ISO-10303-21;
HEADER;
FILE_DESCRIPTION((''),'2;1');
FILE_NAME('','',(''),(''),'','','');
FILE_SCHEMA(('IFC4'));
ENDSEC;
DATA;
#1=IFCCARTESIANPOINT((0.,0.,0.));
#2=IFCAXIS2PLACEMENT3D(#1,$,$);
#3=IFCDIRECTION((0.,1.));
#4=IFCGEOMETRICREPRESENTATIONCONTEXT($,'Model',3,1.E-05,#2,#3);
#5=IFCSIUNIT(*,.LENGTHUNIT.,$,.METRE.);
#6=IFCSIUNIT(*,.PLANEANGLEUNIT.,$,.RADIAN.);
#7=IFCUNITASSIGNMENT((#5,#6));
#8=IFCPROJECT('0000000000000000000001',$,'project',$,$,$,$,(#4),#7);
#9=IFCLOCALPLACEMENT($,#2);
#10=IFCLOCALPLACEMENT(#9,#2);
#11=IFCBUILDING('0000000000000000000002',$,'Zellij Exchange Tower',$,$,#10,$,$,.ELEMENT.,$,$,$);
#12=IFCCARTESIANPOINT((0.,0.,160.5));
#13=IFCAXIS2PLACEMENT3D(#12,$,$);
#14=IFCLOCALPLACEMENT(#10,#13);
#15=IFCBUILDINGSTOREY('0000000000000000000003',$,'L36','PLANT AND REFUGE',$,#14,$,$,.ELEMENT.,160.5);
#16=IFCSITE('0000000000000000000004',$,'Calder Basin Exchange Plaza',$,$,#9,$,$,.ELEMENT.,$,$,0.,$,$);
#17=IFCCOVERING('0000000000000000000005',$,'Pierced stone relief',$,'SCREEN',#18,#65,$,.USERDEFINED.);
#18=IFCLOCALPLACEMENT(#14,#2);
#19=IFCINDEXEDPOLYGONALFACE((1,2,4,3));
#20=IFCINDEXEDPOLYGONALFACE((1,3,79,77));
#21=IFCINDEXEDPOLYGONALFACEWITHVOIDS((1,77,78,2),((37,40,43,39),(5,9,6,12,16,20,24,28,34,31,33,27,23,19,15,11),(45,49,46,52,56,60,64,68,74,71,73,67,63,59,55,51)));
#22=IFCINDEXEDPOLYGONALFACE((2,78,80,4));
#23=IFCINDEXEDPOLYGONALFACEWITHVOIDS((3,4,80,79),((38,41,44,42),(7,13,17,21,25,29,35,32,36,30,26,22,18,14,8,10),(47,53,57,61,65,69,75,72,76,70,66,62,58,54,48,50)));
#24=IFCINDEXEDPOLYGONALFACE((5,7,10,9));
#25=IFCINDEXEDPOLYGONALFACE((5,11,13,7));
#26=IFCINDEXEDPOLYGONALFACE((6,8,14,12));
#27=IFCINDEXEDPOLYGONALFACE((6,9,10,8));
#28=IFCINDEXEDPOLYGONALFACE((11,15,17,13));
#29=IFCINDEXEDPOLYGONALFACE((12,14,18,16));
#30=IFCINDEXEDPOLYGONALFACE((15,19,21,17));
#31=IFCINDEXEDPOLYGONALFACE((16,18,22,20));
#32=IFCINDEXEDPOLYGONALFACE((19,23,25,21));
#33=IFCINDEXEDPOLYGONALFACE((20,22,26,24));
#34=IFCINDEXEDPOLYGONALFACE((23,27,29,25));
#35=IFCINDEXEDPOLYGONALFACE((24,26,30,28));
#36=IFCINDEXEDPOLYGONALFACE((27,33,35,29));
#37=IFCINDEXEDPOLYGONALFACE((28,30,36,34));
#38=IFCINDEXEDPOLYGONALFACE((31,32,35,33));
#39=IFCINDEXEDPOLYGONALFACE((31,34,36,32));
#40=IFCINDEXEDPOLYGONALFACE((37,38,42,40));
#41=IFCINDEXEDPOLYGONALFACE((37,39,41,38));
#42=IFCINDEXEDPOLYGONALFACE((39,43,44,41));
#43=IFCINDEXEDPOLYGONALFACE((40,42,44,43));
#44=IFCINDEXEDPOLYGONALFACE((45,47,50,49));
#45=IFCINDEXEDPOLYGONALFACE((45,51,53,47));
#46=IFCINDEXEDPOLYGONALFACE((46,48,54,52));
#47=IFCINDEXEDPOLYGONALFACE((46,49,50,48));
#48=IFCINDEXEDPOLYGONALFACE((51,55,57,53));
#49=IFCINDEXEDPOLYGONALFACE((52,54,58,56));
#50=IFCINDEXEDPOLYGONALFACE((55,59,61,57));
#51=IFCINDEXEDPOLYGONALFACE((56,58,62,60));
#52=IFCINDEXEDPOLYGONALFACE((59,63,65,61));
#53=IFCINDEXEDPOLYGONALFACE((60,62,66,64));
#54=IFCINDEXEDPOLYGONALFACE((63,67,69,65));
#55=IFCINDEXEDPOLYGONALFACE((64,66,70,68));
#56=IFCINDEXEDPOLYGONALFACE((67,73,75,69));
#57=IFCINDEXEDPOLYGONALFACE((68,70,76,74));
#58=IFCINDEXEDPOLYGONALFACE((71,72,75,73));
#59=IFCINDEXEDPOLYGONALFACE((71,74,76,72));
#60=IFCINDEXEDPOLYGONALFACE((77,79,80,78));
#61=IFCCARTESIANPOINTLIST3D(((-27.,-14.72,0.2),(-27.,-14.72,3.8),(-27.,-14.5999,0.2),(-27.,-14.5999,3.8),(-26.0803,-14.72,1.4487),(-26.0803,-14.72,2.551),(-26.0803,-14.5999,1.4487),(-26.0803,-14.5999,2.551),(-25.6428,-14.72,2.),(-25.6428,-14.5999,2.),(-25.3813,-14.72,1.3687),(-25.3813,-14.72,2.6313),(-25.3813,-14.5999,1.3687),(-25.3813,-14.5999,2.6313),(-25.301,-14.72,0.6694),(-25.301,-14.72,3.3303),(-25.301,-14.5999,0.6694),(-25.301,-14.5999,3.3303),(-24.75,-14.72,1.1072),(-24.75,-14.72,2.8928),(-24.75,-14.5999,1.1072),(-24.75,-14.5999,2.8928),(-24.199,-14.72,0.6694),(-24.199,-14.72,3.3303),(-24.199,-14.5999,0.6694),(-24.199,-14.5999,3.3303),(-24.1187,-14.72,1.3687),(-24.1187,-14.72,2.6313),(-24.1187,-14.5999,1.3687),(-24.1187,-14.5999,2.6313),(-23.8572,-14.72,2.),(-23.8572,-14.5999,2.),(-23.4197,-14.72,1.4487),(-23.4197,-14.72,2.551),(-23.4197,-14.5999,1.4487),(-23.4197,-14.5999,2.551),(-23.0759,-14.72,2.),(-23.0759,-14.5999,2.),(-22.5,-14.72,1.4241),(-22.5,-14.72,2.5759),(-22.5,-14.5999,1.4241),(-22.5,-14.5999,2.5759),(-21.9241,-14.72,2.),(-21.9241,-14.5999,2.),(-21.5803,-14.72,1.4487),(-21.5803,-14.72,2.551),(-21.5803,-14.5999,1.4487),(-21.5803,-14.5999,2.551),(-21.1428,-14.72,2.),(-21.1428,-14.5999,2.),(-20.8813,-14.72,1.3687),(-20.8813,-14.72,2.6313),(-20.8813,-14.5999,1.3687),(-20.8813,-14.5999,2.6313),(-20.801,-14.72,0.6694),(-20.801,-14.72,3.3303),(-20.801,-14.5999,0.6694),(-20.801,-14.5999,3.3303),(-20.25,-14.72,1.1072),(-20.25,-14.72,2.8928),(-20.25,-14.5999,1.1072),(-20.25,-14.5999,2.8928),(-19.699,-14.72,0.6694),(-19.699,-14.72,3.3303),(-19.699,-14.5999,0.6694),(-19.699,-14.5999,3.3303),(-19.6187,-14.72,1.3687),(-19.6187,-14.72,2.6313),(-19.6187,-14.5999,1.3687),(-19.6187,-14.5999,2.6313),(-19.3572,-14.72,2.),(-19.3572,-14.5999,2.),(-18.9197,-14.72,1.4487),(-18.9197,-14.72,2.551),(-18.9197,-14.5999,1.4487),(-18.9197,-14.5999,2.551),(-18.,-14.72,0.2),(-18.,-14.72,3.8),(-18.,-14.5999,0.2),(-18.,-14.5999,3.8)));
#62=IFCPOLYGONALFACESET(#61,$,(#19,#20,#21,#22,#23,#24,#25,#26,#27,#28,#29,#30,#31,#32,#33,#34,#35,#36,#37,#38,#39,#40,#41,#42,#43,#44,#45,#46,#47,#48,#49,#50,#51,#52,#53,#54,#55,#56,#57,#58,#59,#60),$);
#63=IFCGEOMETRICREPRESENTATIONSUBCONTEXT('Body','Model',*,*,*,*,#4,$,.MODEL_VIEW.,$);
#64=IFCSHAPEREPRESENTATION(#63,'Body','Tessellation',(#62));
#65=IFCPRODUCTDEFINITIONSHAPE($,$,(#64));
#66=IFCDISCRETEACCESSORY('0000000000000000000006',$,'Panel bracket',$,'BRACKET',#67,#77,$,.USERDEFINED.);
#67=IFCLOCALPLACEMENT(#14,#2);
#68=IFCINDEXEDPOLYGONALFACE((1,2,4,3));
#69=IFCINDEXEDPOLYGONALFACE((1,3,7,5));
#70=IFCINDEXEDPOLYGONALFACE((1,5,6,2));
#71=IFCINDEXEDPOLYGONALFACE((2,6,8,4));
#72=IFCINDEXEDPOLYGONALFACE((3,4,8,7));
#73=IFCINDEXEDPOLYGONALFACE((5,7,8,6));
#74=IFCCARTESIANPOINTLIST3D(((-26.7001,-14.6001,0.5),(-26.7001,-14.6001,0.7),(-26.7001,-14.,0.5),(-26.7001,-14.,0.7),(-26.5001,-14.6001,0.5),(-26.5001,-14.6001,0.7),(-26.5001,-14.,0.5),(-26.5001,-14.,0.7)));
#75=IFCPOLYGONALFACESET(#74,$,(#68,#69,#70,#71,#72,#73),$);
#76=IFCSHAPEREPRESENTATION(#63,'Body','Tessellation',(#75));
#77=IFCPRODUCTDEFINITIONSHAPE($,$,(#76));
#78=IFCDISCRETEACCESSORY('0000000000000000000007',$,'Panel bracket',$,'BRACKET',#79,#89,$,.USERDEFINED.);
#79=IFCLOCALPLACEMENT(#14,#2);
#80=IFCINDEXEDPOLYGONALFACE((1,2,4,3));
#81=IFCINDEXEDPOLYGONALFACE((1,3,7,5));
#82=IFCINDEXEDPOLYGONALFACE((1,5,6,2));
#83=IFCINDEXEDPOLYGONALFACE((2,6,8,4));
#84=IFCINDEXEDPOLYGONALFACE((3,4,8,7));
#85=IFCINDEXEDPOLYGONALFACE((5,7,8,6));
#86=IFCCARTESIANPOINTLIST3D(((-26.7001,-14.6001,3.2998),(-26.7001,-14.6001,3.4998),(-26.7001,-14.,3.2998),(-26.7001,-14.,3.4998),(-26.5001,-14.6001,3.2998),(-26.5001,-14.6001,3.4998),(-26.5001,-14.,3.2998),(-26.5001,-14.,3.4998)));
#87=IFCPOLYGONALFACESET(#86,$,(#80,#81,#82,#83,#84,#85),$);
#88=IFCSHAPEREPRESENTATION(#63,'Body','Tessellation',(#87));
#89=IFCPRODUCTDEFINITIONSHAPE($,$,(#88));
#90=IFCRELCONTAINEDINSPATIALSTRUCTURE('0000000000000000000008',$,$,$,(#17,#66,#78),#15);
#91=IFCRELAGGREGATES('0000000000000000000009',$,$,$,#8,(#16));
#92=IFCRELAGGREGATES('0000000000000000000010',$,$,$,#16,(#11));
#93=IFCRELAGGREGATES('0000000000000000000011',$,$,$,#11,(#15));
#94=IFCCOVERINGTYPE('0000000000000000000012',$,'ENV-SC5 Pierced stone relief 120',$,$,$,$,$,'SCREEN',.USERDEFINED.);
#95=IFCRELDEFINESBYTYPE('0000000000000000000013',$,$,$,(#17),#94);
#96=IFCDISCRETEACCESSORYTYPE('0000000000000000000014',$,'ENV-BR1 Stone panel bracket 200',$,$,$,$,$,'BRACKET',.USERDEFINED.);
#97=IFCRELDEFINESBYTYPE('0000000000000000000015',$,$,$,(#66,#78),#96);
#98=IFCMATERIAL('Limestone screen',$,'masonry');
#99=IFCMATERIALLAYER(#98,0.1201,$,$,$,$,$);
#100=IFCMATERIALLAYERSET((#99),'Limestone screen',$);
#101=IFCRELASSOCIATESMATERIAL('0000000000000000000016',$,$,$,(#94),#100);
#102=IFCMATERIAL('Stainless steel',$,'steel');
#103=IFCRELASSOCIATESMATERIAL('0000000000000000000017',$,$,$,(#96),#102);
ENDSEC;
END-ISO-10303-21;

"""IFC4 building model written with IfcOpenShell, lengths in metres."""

from ifc_helpers import new_model, si_unit, direction, frame, origin, origin_2d, place, context, subcontext, project, spatial, polyline, rectangle, outline, extrude, material, layer, layer_set, type_object, element, save


model = new_model("IFC4")

# Units and contexts
model_context = context("Model", 3, precision=1e-05, world=origin(), true_north=direction((0.0, 1.0)))
body_context = subcontext(model_context, "Body", "Model", "MODEL_VIEW")
ifc_project = project(units=[si_unit("LENGTHUNIT", "METRE"), si_unit("PLANEANGLEUNIT", "RADIAN")], contexts=[model_context])

# Site, building, storey
site_placement = place(None, origin())
site = spatial("IfcSite", under=ifc_project, at=site_placement, Name="Calder Basin Exchange Plaza", CompositionType="ELEMENT", RefElevation=0.0)
building_placement = place(site_placement, origin())
building = spatial("IfcBuilding", under=site, at=building_placement, Name="Zellij Exchange Tower", CompositionType="ELEMENT")
storey_placement = place(building_placement, frame((0.0, 0.0, 160.5)))
storey = spatial("IfcBuildingStorey", under=building, at=storey_placement, Name="L36", Description="PLANT AND REFUGE", CompositionType="ELEMENT", Elevation=160.5)

# Covering
ifc_material_1 = material(Name="Limestone screen", Category="masonry")
ifc_layer_1 = layer(ifc_material_1, 0.1201)
ifc_layer_set_1 = layer_set([ifc_layer_1], Name="Limestone screen")
covering_type_1 = type_object("IfcCoveringType", Name="ENV-SC5 Pierced stone relief 120", ElementType="SCREEN", PredefinedType="USERDEFINED", material=ifc_layer_set_1)
covering_1_placement = place(storey_placement, frame((-27.0, -14.6599, 0.2), z_axis=(0.0, 0.0, 1.0), x_axis=(1.0, 0.0, 0.0)))
element("IfcCovering", 1, at=covering_1_placement, inside=storey, type_object=covering_type_1, Name="Pierced stone relief", ObjectType="SCREEN", PredefinedType="USERDEFINED", context=body_context, shape_type="SweptSolid", body=[
    extrude(outline(polyline([(0.0, 0.0), (9.0, 0.0), (9.0, 3.6001), (0.0, 3.6001), (0.0, 0.0)]), holes=[polyline([(3.5803, 2.3511), (2.8813, 2.4314), (2.801, 3.1304), (2.25, 2.6929), (1.699, 3.1304), (1.6187, 2.4314), (0.9197, 2.3511), (1.3572, 1.8), (0.9197, 1.2488), (1.6187, 1.1687), (1.699, 0.4695), (2.25, 0.9072), (2.801, 0.4695), (2.8813, 1.1687), (3.5803, 1.2488), (3.1428, 1.8), (3.5803, 2.3511)]), polyline([(8.0803, 2.3511), (7.3813, 2.4314), (7.301, 3.1304), (6.75, 2.6929), (6.199, 3.1304), (6.1187, 2.4314), (5.4197, 2.3511), (5.8572, 1.8), (5.4197, 1.2488), (6.1187, 1.1687), (6.199, 0.4695), (6.75, 0.9072), (7.301, 0.4695), (7.3813, 1.1687), (8.0803, 1.2488), (7.6428, 1.8), (8.0803, 2.3511)]), polyline([(5.0759, 1.8), (4.5, 2.376), (3.9241, 1.8), (4.5, 1.2241), (5.0759, 1.8)])]), frame((0.0, 0.0601, 0.0), z_axis=(0.0, -1.0, 0.0), x_axis=(1.0, 0.0, 0.0)), (0.0, 0.0, 1.0), 0.1201),
])

# Discrete accessories
ifc_material_2 = material(Name="Stainless steel", Category="steel")
discrete_accessory_type = type_object("IfcDiscreteAccessoryType", Name="ENV-BR1 Stone panel bracket 200", ElementType="BRACKET", PredefinedType="USERDEFINED", material=ifc_material_2)
for number, where, z_axis, x_axis, name in (
    (2, (-26.6001, -14.3, 0.5), (0.0, 0.0, 1.0), (1.0, 0.0, 0.0), "Panel bracket"),
    (3, (-26.6001, -14.3, 3.2998), (0.0, 0.0, 1.0), (1.0, 0.0, 0.0), "Panel bracket"),
):
    element("IfcDiscreteAccessory", number, at=place(storey_placement, frame(where, z_axis=z_axis, x_axis=x_axis)), inside=storey, type_object=discrete_accessory_type, Name=name, ObjectType="BRACKET", PredefinedType="USERDEFINED", context=body_context, shape_type="SweptSolid", body=[
        extrude(rectangle(XDim=0.2, YDim=0.6001, at=origin_2d()), origin(), (0.0, 0.0, 1.0), 0.2),
    ])

save(model, "model.ifc")
